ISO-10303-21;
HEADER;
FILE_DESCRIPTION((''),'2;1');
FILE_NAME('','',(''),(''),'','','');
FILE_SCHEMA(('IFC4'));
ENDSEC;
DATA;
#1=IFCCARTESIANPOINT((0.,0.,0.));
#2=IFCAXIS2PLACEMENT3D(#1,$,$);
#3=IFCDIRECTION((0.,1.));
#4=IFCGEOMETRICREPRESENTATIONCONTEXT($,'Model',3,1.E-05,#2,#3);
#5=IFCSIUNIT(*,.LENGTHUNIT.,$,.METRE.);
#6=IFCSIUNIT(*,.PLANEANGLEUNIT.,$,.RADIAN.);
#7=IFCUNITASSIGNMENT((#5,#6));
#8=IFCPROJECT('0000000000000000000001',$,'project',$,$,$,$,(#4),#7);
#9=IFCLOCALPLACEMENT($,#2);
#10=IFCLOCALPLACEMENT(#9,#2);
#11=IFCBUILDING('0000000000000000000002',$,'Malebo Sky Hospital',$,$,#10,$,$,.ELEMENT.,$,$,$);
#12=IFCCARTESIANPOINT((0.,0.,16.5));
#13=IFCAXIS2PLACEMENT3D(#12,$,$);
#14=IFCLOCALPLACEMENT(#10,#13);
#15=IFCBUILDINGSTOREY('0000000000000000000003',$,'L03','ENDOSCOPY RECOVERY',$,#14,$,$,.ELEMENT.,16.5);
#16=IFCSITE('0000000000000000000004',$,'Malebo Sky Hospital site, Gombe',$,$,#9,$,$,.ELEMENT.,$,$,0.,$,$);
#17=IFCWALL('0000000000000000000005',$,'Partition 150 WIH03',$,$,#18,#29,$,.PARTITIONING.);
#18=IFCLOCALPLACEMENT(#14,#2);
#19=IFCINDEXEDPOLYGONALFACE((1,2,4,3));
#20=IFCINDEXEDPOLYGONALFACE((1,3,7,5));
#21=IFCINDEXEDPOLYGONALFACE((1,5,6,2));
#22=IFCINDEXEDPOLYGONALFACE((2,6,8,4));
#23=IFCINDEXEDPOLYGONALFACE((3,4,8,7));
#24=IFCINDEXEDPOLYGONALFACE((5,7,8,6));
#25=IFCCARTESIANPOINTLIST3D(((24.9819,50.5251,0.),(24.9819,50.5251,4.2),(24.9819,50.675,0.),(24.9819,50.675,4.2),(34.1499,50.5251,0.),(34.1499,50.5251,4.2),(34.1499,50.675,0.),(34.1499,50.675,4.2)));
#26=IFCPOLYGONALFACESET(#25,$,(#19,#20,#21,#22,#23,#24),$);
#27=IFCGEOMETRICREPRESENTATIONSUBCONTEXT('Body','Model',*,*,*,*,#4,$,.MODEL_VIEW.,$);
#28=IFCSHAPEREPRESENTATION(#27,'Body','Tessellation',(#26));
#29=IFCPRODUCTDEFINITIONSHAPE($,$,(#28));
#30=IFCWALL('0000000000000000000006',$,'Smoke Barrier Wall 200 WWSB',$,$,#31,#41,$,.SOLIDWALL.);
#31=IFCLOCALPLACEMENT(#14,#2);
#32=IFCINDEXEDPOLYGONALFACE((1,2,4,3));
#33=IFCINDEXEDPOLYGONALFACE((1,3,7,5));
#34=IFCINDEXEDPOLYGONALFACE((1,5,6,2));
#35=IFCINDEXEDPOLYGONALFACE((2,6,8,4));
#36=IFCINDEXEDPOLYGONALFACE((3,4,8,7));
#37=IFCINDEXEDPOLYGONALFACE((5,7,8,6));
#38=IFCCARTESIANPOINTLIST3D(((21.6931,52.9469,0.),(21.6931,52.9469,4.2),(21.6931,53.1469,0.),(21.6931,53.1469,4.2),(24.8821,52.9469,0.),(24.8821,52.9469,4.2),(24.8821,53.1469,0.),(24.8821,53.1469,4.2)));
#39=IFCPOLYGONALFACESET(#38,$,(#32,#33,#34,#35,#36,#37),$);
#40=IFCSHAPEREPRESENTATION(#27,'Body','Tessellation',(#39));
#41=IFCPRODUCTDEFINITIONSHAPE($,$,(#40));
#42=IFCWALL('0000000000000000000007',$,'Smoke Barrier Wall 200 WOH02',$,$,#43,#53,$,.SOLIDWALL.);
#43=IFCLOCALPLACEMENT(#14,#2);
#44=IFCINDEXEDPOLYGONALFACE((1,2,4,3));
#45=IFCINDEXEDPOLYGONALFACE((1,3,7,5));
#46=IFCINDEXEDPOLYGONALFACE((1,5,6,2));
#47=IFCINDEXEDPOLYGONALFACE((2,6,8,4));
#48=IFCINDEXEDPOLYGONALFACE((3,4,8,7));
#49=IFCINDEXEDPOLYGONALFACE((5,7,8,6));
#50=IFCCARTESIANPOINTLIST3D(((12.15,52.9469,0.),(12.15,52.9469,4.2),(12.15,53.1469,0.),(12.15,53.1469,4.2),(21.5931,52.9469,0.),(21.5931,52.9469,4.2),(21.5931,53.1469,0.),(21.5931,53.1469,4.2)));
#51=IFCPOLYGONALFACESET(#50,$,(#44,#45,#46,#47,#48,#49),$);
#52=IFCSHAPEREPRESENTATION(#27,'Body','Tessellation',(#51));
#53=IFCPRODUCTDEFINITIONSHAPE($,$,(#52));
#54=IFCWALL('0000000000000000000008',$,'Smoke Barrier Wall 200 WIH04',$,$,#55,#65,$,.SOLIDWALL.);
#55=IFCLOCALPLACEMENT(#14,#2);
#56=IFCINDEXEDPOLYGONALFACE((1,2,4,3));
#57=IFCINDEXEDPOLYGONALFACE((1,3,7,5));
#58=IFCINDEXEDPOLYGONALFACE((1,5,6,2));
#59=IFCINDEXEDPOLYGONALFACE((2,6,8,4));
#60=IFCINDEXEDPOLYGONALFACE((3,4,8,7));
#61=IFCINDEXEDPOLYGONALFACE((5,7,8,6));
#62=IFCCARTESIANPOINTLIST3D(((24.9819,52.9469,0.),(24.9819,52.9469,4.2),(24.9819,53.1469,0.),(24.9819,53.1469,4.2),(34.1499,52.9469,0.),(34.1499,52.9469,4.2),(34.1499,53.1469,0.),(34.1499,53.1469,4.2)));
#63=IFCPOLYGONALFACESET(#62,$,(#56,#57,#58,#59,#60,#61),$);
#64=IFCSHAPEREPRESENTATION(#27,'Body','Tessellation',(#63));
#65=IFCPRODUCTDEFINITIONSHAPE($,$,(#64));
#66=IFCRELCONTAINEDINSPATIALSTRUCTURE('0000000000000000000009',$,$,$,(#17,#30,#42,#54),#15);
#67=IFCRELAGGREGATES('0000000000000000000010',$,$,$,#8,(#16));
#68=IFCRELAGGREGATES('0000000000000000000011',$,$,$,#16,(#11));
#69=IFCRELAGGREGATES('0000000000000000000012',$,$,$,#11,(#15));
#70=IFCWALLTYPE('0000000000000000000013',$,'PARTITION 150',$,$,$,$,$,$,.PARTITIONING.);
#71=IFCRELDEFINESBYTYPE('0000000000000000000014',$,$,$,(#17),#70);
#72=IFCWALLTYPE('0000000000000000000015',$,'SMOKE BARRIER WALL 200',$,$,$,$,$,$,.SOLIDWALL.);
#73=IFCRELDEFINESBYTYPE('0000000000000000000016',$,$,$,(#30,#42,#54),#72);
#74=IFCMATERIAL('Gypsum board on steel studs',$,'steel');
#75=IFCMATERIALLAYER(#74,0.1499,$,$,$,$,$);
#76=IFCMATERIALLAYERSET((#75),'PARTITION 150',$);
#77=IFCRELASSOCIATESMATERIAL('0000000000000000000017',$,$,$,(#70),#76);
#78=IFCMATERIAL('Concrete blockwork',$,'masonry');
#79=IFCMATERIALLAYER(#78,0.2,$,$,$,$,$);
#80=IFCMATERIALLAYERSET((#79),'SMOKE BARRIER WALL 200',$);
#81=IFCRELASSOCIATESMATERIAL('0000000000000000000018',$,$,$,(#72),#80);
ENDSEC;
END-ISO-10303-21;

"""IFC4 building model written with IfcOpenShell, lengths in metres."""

from ifc_helpers import new_model, si_unit, direction, frame, frame_2d, origin, place, context, subcontext, project, spatial, rectangle, extrude, material, layer, layer_set, type_object, element, save


model = new_model("IFC4")

# Units and contexts
model_context = context("Model", 3, precision=1e-05, world=origin(), true_north=direction((0.0, 1.0)))
body_context = subcontext(model_context, "Body", "Model", "MODEL_VIEW")
ifc_project = project(units=[si_unit("LENGTHUNIT", "METRE"), si_unit("PLANEANGLEUNIT", "RADIAN")], contexts=[model_context])

# Site, building, storey
site_placement = place(None, origin())
site = spatial("IfcSite", under=ifc_project, at=site_placement, Name="Malebo Sky Hospital site, Gombe", CompositionType="ELEMENT", RefElevation=0.0)
building_placement = place(site_placement, origin())
building = spatial("IfcBuilding", under=site, at=building_placement, Name="Malebo Sky Hospital", CompositionType="ELEMENT")
storey_placement = place(building_placement, frame((0.0, 0.0, 16.5)))
storey = spatial("IfcBuildingStorey", under=building, at=storey_placement, Name="L03", Description="ENDOSCOPY RECOVERY", CompositionType="ELEMENT", Elevation=16.5)

# Shared definitions
ifc_material_1 = material(Name="Gypsum board on steel studs", Category="steel")
ifc_layer_1 = layer(ifc_material_1, 0.1499)
ifc_layer_set_1 = layer_set([ifc_layer_1], Name="PARTITION 150")
wall_type_1 = type_object("IfcWallType", Name="PARTITION 150", PredefinedType="PARTITIONING", material=ifc_layer_set_1)

# Walls
wall_1_placement = place(storey_placement, frame((24.9819, 50.6001, 0.0), z_axis=(0.0, 0.0, 1.0), x_axis=(1.0, 0.0, 0.0)))
element("IfcWall", 1, at=wall_1_placement, inside=storey, type_object=wall_type_1, Name="Partition 150 WIH03", PredefinedType="PARTITIONING", context=body_context, shape_type="SweptSolid", body=[
    extrude(rectangle(XDim=9.168, YDim=0.1499, at=frame_2d((4.584, 0.0))), origin(), (0.0, 0.0, 1.0), 4.2),
])
ifc_material_2 = material(Name="Concrete blockwork", Category="masonry")
ifc_layer_2 = layer(ifc_material_2, 0.2)
ifc_layer_set_2 = layer_set([ifc_layer_2], Name="SMOKE BARRIER WALL 200")
wall_type_2 = type_object("IfcWallType", Name="SMOKE BARRIER WALL 200", PredefinedType="SOLIDWALL", material=ifc_layer_set_2)
wall_2_placement = place(storey_placement, frame((21.6931, 53.0469, 0.0), z_axis=(0.0, 0.0, 1.0), x_axis=(1.0, 0.0, 0.0)))
element("IfcWall", 2, at=wall_2_placement, inside=storey, type_object=wall_type_2, Name="Smoke Barrier Wall 200 WWSB", PredefinedType="SOLIDWALL", context=body_context, shape_type="SweptSolid", body=[
    extrude(rectangle(XDim=3.189, YDim=0.2, at=frame_2d((1.5945, 0.0))), origin(), (0.0, 0.0, 1.0), 4.2),
])
wall_3_placement = place(storey_placement, frame((12.1499, 53.0469, 0.0), z_axis=(0.0, 0.0, 1.0), x_axis=(1.0, 0.0, 0.0)))
element("IfcWall", 3, at=wall_3_placement, inside=storey, type_object=wall_type_2, Name="Smoke Barrier Wall 200 WOH02", PredefinedType="SOLIDWALL", context=body_context, shape_type="SweptSolid", body=[
    extrude(rectangle(XDim=9.4431, YDim=0.2, at=frame_2d((4.7217, 0.0))), origin(), (0.0, 0.0, 1.0), 4.2),
])
wall_4_placement = place(storey_placement, frame((24.9819, 53.0469, 0.0), z_axis=(0.0, 0.0, 1.0), x_axis=(1.0, 0.0, 0.0)))
element("IfcWall", 4, at=wall_4_placement, inside=storey, type_object=wall_type_2, Name="Smoke Barrier Wall 200 WIH04", PredefinedType="SOLIDWALL", context=body_context, shape_type="SweptSolid", body=[
    extrude(rectangle(XDim=9.168, YDim=0.2, at=frame_2d((4.584, 0.0))), origin(), (0.0, 0.0, 1.0), 4.2),
])

save(model, "model.ifc")
